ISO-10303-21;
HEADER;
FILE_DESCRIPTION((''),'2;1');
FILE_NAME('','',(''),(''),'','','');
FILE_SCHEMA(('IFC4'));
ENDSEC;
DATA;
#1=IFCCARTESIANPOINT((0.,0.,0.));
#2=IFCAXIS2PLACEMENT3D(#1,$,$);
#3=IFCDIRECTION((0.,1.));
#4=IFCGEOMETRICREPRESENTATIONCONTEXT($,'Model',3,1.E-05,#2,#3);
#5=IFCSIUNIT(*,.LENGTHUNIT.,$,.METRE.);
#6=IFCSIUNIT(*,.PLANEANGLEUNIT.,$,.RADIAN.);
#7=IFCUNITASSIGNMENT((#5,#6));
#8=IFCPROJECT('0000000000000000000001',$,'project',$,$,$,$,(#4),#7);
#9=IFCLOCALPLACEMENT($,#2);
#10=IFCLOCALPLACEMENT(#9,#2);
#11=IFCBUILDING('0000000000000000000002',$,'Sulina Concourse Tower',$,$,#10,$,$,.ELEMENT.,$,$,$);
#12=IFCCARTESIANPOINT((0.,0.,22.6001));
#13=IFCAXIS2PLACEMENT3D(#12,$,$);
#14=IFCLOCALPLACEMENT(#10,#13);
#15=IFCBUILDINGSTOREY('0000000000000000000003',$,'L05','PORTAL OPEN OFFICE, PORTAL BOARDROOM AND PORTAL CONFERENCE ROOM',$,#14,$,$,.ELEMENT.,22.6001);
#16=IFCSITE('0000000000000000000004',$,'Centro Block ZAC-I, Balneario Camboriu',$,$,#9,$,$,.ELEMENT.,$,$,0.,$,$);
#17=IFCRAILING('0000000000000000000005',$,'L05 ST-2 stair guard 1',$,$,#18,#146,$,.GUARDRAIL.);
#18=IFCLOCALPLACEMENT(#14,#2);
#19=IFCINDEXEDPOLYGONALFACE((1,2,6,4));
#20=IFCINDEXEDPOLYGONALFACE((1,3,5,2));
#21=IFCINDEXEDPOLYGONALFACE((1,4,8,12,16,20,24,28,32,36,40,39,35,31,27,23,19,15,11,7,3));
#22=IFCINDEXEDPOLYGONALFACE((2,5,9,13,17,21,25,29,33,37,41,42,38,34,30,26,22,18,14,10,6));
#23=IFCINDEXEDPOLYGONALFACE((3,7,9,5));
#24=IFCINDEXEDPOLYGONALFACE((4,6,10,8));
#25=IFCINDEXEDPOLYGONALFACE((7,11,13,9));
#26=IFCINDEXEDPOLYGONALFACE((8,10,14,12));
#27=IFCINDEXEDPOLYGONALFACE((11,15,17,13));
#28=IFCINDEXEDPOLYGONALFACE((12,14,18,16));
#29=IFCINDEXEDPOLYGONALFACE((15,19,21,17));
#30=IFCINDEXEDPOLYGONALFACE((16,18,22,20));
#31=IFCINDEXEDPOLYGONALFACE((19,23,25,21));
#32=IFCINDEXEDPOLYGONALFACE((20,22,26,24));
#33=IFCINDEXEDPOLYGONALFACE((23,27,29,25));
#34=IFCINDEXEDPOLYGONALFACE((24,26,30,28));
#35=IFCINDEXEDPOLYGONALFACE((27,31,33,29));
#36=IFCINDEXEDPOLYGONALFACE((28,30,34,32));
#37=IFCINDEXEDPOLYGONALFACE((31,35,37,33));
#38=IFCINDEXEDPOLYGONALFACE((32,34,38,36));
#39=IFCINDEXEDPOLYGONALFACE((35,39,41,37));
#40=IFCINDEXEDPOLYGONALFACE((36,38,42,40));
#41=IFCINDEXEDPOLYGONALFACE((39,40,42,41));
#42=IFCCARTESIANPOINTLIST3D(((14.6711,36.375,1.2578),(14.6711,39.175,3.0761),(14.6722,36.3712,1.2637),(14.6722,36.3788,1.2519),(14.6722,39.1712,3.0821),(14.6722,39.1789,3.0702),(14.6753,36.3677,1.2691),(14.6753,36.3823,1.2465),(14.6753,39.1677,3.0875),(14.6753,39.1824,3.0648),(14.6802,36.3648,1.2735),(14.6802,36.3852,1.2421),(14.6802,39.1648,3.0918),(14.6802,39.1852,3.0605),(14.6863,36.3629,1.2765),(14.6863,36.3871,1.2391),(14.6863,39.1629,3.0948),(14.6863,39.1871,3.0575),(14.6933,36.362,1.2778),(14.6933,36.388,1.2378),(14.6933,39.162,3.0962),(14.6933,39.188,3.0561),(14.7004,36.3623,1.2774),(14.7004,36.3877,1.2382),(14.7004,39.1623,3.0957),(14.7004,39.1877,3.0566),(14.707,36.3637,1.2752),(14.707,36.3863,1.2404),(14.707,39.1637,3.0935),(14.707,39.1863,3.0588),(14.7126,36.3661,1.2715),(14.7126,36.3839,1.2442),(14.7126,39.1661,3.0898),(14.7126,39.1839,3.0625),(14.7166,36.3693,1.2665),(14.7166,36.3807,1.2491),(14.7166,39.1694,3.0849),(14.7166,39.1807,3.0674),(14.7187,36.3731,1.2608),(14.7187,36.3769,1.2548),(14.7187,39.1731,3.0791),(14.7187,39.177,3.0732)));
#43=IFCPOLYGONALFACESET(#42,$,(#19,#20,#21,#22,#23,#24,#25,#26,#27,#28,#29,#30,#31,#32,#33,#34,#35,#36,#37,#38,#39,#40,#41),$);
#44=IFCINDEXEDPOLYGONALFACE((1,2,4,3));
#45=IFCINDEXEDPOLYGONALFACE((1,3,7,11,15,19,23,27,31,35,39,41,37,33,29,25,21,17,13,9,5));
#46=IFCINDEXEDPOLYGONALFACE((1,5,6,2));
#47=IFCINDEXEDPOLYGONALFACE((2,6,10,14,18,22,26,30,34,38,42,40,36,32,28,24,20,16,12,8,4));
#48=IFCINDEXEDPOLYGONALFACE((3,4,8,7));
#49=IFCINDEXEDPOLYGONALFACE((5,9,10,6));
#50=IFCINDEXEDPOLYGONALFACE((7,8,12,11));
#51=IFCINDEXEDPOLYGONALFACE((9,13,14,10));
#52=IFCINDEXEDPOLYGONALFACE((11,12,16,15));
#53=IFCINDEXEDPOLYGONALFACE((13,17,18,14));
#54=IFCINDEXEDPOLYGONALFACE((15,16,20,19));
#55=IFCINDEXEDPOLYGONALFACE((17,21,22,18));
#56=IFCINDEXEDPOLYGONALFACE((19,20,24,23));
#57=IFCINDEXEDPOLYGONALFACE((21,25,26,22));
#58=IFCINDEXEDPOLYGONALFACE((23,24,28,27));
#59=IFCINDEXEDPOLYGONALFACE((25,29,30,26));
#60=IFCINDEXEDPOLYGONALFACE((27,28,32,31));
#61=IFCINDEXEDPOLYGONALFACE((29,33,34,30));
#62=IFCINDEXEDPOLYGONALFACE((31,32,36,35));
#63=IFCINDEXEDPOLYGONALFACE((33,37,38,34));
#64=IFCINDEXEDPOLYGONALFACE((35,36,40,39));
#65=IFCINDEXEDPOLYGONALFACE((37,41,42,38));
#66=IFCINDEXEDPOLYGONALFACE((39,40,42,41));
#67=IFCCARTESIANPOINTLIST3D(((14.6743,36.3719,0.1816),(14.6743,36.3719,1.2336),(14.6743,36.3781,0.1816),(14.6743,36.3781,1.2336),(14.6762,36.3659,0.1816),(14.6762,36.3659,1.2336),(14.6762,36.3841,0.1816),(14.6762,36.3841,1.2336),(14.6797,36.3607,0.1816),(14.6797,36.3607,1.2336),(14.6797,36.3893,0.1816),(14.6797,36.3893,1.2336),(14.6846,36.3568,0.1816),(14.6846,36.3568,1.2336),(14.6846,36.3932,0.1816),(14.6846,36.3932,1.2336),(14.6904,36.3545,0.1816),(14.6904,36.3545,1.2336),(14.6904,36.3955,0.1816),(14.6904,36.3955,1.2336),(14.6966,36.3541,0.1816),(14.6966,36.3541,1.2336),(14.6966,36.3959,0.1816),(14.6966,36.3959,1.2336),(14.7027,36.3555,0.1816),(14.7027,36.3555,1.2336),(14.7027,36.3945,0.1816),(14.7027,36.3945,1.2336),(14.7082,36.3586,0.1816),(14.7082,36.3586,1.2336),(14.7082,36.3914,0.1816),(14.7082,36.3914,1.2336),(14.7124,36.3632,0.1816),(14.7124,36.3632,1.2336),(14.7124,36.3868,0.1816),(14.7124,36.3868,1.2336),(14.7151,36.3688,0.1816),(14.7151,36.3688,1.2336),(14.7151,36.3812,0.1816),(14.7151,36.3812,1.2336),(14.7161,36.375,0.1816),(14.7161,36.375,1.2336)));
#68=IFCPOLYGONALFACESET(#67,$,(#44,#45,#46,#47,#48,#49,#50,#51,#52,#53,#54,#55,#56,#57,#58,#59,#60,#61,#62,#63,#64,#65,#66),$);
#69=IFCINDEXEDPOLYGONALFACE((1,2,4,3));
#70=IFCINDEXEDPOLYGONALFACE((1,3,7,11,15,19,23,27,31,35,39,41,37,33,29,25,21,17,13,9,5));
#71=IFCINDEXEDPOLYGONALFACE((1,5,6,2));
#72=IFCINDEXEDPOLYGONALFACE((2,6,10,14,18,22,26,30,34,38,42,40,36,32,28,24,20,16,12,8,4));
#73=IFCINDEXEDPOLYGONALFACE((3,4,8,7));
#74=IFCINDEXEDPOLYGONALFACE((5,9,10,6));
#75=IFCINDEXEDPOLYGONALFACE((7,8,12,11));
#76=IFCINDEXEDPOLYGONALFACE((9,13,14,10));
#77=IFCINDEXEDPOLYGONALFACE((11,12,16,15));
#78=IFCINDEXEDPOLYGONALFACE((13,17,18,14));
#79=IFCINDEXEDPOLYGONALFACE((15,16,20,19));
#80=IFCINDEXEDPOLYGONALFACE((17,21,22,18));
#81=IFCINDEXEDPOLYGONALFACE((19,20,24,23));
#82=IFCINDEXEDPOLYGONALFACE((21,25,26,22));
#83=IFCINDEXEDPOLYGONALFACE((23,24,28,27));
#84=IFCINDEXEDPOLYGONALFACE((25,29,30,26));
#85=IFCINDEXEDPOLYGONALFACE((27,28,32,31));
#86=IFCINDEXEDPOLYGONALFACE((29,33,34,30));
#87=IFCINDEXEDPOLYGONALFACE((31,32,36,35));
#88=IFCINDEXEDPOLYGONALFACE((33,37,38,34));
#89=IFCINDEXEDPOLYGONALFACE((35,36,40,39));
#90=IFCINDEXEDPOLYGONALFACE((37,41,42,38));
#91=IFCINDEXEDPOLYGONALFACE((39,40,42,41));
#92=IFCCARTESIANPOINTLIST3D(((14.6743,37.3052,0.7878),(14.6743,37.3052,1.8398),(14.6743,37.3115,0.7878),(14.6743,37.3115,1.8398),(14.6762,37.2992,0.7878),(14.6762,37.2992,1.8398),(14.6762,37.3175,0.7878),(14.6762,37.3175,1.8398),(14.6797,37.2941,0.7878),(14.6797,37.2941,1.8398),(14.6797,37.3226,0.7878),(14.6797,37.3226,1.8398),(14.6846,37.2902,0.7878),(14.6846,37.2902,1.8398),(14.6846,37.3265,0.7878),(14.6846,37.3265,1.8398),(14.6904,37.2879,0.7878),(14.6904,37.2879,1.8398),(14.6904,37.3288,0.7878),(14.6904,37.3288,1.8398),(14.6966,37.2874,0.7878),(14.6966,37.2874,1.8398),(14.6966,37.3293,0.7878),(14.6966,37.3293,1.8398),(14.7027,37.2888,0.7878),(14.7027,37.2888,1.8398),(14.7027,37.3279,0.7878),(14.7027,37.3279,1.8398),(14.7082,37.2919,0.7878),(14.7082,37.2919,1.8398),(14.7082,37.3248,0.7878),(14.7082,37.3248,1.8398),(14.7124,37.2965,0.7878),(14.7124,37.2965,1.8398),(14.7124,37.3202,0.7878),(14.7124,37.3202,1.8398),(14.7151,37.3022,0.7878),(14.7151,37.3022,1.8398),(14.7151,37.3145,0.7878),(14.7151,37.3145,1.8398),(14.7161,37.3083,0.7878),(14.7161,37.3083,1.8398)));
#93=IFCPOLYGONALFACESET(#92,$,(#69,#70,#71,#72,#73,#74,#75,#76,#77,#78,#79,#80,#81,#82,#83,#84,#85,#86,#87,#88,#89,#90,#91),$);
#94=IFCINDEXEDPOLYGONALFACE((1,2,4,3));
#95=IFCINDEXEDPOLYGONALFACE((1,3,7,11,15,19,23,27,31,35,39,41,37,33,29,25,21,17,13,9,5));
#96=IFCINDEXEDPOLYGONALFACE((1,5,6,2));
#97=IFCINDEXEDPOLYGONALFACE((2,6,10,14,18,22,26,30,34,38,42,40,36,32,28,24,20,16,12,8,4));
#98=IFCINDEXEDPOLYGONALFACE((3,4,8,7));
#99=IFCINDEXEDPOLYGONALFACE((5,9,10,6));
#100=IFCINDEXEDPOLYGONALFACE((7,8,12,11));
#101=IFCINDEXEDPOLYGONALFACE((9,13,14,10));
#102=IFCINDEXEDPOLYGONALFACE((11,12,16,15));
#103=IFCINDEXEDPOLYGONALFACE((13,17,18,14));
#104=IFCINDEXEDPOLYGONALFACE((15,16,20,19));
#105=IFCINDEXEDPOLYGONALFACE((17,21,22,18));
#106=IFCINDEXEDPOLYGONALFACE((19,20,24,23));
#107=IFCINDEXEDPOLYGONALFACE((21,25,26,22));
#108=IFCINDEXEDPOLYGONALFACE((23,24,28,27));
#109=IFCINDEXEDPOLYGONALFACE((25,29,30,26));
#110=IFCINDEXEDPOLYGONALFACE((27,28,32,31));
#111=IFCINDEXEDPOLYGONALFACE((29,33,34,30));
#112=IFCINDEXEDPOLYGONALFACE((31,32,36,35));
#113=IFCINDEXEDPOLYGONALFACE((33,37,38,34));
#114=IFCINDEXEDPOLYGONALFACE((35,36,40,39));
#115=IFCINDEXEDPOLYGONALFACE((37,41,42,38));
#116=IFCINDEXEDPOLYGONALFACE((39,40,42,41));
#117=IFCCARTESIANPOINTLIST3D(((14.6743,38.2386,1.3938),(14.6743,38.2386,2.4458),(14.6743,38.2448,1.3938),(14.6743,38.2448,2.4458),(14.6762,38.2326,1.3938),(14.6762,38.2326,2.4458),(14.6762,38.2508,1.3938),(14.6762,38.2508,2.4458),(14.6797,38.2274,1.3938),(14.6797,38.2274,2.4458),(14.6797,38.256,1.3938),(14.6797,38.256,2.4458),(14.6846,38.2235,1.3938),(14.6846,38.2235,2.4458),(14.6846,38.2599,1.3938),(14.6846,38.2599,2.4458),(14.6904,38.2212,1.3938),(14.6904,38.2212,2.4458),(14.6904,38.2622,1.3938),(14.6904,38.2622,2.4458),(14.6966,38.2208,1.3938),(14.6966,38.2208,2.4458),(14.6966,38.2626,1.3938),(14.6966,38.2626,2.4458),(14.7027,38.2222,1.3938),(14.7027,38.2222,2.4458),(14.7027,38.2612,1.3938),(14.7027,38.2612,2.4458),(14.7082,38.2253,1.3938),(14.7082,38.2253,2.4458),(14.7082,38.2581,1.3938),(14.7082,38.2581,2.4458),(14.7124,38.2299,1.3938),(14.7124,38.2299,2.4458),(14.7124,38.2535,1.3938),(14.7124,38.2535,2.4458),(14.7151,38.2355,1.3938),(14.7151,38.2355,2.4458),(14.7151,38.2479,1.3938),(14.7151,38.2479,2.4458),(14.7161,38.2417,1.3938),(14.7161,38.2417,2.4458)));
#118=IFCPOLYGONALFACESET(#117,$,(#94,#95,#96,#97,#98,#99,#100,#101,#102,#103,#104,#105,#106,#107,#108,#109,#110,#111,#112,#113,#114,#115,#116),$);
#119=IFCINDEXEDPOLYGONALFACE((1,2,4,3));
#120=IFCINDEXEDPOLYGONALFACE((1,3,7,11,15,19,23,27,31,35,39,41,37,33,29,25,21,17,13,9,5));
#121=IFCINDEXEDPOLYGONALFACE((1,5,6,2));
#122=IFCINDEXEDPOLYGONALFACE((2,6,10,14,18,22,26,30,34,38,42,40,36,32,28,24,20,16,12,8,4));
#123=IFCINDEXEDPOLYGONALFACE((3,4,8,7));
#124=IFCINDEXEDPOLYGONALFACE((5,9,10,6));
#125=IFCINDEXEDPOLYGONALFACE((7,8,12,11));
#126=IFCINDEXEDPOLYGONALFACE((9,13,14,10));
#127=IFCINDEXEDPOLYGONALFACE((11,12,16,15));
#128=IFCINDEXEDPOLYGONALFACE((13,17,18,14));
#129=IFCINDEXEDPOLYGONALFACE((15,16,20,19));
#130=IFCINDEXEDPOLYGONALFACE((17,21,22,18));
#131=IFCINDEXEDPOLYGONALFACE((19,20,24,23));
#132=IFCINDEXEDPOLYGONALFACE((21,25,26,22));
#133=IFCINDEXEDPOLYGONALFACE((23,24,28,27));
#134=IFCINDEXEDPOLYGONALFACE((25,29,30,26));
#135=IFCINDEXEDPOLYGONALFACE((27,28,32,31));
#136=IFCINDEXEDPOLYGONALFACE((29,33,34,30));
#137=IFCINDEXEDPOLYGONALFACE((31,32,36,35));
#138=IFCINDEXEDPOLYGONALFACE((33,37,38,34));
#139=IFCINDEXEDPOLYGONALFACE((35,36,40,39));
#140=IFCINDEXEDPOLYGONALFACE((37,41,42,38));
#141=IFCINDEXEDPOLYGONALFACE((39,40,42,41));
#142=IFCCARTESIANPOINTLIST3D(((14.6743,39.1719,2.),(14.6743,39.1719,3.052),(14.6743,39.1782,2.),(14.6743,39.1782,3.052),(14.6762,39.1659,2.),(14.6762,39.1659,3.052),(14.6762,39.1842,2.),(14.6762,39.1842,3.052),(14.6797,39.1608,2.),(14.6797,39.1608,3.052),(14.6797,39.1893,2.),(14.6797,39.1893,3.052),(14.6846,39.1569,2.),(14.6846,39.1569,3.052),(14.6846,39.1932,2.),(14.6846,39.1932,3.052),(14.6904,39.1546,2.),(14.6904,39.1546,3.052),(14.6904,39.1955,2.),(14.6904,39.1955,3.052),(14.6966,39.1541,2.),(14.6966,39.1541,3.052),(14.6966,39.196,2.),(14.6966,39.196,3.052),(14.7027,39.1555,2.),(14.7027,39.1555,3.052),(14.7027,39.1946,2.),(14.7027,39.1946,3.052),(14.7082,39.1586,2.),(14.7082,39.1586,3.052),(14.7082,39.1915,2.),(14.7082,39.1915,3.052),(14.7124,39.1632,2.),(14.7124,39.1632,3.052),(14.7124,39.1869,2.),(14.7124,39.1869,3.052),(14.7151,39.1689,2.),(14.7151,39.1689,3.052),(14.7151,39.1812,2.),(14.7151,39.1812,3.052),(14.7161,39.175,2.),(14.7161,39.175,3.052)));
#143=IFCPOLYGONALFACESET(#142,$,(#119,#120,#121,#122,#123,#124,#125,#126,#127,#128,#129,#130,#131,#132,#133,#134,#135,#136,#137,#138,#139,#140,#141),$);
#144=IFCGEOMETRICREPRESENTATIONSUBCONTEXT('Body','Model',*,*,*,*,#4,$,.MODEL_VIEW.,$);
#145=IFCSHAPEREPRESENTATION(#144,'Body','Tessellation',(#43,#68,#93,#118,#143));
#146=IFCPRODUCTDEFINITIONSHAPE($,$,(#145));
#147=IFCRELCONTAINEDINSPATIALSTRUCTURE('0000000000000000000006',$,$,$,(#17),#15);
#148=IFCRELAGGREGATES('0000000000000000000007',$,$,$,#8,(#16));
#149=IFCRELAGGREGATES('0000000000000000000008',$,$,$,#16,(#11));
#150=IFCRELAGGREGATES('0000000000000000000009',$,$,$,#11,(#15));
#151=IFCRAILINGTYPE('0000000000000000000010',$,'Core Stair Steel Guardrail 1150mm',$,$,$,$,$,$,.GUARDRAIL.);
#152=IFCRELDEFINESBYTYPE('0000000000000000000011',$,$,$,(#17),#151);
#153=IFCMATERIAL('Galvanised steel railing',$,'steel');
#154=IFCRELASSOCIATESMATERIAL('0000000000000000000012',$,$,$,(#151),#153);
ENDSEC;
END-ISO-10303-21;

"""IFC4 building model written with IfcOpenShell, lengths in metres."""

from ifc_helpers import new_model, si_unit, direction, frame, origin, origin_2d, place, context, subcontext, project, spatial, circle, extrude, material, type_object, element, save


model = new_model("IFC4")

# Units and contexts
model_context = context("Model", 3, precision=1e-05, world=origin(), true_north=direction((0.0, 1.0)))
body_context = subcontext(model_context, "Body", "Model", "MODEL_VIEW")
ifc_project = project(units=[si_unit("LENGTHUNIT", "METRE"), si_unit("PLANEANGLEUNIT", "RADIAN")], contexts=[model_context])

# Site, building, storey
site_placement = place(None, origin())
site = spatial("IfcSite", under=ifc_project, at=site_placement, Name="Centro Block ZAC-I, Balneario Camboriu", CompositionType="ELEMENT", RefElevation=0.0)
building_placement = place(site_placement, origin())
building = spatial("IfcBuilding", under=site, at=building_placement, Name="Sulina Concourse Tower", CompositionType="ELEMENT")
storey_placement = place(building_placement, frame((0.0, 0.0, 22.6001)))
storey = spatial("IfcBuildingStorey", under=building, at=storey_placement, Name="L05", Description="PORTAL OPEN OFFICE, PORTAL BOARDROOM AND PORTAL CONFERENCE ROOM", CompositionType="ELEMENT", Elevation=22.6001)

# Railing
ifc_material_1 = material(Name="Galvanised steel railing", Category="steel")
railing_type_1 = type_object("IfcRailingType", Name="Core Stair Steel Guardrail 1150mm", PredefinedType="GUARDRAIL", material=ifc_material_1)
railing_1_placement = place(storey_placement, frame((14.6951, 36.375, 0.1816)))
element("IfcRailing", 1, at=railing_1_placement, inside=storey, type_object=railing_type_1, Name="L05 ST-2 stair guard 1", PredefinedType="GUARDRAIL", context=body_context, shape_type="SweptSolid", body=[
    extrude(circle(Radius=0.0239, at=origin_2d()), frame((0.0, 0.0, 1.0762), z_axis=(0.0, 0.838672, 0.544636), x_axis=(-1.0, 0.0, 0.0)), (0.0, 0.0, 1.0), 3.3386),
    extrude(circle(Radius=0.021, at=origin_2d()), origin(), (0.0, 0.0, 1.0), 1.052),
    extrude(circle(Radius=0.021, at=origin_2d()), frame((0.0, 0.9333, 0.6062)), (0.0, 0.0, 1.0), 1.052),
    extrude(circle(Radius=0.021, at=origin_2d()), frame((0.0, 1.8667, 1.2122)), (0.0, 0.0, 1.0), 1.052),
    extrude(circle(Radius=0.021, at=origin_2d()), frame((0.0, 2.8, 1.8184)), (0.0, 0.0, 1.0), 1.052),
])

save(model, "model.ifc")
